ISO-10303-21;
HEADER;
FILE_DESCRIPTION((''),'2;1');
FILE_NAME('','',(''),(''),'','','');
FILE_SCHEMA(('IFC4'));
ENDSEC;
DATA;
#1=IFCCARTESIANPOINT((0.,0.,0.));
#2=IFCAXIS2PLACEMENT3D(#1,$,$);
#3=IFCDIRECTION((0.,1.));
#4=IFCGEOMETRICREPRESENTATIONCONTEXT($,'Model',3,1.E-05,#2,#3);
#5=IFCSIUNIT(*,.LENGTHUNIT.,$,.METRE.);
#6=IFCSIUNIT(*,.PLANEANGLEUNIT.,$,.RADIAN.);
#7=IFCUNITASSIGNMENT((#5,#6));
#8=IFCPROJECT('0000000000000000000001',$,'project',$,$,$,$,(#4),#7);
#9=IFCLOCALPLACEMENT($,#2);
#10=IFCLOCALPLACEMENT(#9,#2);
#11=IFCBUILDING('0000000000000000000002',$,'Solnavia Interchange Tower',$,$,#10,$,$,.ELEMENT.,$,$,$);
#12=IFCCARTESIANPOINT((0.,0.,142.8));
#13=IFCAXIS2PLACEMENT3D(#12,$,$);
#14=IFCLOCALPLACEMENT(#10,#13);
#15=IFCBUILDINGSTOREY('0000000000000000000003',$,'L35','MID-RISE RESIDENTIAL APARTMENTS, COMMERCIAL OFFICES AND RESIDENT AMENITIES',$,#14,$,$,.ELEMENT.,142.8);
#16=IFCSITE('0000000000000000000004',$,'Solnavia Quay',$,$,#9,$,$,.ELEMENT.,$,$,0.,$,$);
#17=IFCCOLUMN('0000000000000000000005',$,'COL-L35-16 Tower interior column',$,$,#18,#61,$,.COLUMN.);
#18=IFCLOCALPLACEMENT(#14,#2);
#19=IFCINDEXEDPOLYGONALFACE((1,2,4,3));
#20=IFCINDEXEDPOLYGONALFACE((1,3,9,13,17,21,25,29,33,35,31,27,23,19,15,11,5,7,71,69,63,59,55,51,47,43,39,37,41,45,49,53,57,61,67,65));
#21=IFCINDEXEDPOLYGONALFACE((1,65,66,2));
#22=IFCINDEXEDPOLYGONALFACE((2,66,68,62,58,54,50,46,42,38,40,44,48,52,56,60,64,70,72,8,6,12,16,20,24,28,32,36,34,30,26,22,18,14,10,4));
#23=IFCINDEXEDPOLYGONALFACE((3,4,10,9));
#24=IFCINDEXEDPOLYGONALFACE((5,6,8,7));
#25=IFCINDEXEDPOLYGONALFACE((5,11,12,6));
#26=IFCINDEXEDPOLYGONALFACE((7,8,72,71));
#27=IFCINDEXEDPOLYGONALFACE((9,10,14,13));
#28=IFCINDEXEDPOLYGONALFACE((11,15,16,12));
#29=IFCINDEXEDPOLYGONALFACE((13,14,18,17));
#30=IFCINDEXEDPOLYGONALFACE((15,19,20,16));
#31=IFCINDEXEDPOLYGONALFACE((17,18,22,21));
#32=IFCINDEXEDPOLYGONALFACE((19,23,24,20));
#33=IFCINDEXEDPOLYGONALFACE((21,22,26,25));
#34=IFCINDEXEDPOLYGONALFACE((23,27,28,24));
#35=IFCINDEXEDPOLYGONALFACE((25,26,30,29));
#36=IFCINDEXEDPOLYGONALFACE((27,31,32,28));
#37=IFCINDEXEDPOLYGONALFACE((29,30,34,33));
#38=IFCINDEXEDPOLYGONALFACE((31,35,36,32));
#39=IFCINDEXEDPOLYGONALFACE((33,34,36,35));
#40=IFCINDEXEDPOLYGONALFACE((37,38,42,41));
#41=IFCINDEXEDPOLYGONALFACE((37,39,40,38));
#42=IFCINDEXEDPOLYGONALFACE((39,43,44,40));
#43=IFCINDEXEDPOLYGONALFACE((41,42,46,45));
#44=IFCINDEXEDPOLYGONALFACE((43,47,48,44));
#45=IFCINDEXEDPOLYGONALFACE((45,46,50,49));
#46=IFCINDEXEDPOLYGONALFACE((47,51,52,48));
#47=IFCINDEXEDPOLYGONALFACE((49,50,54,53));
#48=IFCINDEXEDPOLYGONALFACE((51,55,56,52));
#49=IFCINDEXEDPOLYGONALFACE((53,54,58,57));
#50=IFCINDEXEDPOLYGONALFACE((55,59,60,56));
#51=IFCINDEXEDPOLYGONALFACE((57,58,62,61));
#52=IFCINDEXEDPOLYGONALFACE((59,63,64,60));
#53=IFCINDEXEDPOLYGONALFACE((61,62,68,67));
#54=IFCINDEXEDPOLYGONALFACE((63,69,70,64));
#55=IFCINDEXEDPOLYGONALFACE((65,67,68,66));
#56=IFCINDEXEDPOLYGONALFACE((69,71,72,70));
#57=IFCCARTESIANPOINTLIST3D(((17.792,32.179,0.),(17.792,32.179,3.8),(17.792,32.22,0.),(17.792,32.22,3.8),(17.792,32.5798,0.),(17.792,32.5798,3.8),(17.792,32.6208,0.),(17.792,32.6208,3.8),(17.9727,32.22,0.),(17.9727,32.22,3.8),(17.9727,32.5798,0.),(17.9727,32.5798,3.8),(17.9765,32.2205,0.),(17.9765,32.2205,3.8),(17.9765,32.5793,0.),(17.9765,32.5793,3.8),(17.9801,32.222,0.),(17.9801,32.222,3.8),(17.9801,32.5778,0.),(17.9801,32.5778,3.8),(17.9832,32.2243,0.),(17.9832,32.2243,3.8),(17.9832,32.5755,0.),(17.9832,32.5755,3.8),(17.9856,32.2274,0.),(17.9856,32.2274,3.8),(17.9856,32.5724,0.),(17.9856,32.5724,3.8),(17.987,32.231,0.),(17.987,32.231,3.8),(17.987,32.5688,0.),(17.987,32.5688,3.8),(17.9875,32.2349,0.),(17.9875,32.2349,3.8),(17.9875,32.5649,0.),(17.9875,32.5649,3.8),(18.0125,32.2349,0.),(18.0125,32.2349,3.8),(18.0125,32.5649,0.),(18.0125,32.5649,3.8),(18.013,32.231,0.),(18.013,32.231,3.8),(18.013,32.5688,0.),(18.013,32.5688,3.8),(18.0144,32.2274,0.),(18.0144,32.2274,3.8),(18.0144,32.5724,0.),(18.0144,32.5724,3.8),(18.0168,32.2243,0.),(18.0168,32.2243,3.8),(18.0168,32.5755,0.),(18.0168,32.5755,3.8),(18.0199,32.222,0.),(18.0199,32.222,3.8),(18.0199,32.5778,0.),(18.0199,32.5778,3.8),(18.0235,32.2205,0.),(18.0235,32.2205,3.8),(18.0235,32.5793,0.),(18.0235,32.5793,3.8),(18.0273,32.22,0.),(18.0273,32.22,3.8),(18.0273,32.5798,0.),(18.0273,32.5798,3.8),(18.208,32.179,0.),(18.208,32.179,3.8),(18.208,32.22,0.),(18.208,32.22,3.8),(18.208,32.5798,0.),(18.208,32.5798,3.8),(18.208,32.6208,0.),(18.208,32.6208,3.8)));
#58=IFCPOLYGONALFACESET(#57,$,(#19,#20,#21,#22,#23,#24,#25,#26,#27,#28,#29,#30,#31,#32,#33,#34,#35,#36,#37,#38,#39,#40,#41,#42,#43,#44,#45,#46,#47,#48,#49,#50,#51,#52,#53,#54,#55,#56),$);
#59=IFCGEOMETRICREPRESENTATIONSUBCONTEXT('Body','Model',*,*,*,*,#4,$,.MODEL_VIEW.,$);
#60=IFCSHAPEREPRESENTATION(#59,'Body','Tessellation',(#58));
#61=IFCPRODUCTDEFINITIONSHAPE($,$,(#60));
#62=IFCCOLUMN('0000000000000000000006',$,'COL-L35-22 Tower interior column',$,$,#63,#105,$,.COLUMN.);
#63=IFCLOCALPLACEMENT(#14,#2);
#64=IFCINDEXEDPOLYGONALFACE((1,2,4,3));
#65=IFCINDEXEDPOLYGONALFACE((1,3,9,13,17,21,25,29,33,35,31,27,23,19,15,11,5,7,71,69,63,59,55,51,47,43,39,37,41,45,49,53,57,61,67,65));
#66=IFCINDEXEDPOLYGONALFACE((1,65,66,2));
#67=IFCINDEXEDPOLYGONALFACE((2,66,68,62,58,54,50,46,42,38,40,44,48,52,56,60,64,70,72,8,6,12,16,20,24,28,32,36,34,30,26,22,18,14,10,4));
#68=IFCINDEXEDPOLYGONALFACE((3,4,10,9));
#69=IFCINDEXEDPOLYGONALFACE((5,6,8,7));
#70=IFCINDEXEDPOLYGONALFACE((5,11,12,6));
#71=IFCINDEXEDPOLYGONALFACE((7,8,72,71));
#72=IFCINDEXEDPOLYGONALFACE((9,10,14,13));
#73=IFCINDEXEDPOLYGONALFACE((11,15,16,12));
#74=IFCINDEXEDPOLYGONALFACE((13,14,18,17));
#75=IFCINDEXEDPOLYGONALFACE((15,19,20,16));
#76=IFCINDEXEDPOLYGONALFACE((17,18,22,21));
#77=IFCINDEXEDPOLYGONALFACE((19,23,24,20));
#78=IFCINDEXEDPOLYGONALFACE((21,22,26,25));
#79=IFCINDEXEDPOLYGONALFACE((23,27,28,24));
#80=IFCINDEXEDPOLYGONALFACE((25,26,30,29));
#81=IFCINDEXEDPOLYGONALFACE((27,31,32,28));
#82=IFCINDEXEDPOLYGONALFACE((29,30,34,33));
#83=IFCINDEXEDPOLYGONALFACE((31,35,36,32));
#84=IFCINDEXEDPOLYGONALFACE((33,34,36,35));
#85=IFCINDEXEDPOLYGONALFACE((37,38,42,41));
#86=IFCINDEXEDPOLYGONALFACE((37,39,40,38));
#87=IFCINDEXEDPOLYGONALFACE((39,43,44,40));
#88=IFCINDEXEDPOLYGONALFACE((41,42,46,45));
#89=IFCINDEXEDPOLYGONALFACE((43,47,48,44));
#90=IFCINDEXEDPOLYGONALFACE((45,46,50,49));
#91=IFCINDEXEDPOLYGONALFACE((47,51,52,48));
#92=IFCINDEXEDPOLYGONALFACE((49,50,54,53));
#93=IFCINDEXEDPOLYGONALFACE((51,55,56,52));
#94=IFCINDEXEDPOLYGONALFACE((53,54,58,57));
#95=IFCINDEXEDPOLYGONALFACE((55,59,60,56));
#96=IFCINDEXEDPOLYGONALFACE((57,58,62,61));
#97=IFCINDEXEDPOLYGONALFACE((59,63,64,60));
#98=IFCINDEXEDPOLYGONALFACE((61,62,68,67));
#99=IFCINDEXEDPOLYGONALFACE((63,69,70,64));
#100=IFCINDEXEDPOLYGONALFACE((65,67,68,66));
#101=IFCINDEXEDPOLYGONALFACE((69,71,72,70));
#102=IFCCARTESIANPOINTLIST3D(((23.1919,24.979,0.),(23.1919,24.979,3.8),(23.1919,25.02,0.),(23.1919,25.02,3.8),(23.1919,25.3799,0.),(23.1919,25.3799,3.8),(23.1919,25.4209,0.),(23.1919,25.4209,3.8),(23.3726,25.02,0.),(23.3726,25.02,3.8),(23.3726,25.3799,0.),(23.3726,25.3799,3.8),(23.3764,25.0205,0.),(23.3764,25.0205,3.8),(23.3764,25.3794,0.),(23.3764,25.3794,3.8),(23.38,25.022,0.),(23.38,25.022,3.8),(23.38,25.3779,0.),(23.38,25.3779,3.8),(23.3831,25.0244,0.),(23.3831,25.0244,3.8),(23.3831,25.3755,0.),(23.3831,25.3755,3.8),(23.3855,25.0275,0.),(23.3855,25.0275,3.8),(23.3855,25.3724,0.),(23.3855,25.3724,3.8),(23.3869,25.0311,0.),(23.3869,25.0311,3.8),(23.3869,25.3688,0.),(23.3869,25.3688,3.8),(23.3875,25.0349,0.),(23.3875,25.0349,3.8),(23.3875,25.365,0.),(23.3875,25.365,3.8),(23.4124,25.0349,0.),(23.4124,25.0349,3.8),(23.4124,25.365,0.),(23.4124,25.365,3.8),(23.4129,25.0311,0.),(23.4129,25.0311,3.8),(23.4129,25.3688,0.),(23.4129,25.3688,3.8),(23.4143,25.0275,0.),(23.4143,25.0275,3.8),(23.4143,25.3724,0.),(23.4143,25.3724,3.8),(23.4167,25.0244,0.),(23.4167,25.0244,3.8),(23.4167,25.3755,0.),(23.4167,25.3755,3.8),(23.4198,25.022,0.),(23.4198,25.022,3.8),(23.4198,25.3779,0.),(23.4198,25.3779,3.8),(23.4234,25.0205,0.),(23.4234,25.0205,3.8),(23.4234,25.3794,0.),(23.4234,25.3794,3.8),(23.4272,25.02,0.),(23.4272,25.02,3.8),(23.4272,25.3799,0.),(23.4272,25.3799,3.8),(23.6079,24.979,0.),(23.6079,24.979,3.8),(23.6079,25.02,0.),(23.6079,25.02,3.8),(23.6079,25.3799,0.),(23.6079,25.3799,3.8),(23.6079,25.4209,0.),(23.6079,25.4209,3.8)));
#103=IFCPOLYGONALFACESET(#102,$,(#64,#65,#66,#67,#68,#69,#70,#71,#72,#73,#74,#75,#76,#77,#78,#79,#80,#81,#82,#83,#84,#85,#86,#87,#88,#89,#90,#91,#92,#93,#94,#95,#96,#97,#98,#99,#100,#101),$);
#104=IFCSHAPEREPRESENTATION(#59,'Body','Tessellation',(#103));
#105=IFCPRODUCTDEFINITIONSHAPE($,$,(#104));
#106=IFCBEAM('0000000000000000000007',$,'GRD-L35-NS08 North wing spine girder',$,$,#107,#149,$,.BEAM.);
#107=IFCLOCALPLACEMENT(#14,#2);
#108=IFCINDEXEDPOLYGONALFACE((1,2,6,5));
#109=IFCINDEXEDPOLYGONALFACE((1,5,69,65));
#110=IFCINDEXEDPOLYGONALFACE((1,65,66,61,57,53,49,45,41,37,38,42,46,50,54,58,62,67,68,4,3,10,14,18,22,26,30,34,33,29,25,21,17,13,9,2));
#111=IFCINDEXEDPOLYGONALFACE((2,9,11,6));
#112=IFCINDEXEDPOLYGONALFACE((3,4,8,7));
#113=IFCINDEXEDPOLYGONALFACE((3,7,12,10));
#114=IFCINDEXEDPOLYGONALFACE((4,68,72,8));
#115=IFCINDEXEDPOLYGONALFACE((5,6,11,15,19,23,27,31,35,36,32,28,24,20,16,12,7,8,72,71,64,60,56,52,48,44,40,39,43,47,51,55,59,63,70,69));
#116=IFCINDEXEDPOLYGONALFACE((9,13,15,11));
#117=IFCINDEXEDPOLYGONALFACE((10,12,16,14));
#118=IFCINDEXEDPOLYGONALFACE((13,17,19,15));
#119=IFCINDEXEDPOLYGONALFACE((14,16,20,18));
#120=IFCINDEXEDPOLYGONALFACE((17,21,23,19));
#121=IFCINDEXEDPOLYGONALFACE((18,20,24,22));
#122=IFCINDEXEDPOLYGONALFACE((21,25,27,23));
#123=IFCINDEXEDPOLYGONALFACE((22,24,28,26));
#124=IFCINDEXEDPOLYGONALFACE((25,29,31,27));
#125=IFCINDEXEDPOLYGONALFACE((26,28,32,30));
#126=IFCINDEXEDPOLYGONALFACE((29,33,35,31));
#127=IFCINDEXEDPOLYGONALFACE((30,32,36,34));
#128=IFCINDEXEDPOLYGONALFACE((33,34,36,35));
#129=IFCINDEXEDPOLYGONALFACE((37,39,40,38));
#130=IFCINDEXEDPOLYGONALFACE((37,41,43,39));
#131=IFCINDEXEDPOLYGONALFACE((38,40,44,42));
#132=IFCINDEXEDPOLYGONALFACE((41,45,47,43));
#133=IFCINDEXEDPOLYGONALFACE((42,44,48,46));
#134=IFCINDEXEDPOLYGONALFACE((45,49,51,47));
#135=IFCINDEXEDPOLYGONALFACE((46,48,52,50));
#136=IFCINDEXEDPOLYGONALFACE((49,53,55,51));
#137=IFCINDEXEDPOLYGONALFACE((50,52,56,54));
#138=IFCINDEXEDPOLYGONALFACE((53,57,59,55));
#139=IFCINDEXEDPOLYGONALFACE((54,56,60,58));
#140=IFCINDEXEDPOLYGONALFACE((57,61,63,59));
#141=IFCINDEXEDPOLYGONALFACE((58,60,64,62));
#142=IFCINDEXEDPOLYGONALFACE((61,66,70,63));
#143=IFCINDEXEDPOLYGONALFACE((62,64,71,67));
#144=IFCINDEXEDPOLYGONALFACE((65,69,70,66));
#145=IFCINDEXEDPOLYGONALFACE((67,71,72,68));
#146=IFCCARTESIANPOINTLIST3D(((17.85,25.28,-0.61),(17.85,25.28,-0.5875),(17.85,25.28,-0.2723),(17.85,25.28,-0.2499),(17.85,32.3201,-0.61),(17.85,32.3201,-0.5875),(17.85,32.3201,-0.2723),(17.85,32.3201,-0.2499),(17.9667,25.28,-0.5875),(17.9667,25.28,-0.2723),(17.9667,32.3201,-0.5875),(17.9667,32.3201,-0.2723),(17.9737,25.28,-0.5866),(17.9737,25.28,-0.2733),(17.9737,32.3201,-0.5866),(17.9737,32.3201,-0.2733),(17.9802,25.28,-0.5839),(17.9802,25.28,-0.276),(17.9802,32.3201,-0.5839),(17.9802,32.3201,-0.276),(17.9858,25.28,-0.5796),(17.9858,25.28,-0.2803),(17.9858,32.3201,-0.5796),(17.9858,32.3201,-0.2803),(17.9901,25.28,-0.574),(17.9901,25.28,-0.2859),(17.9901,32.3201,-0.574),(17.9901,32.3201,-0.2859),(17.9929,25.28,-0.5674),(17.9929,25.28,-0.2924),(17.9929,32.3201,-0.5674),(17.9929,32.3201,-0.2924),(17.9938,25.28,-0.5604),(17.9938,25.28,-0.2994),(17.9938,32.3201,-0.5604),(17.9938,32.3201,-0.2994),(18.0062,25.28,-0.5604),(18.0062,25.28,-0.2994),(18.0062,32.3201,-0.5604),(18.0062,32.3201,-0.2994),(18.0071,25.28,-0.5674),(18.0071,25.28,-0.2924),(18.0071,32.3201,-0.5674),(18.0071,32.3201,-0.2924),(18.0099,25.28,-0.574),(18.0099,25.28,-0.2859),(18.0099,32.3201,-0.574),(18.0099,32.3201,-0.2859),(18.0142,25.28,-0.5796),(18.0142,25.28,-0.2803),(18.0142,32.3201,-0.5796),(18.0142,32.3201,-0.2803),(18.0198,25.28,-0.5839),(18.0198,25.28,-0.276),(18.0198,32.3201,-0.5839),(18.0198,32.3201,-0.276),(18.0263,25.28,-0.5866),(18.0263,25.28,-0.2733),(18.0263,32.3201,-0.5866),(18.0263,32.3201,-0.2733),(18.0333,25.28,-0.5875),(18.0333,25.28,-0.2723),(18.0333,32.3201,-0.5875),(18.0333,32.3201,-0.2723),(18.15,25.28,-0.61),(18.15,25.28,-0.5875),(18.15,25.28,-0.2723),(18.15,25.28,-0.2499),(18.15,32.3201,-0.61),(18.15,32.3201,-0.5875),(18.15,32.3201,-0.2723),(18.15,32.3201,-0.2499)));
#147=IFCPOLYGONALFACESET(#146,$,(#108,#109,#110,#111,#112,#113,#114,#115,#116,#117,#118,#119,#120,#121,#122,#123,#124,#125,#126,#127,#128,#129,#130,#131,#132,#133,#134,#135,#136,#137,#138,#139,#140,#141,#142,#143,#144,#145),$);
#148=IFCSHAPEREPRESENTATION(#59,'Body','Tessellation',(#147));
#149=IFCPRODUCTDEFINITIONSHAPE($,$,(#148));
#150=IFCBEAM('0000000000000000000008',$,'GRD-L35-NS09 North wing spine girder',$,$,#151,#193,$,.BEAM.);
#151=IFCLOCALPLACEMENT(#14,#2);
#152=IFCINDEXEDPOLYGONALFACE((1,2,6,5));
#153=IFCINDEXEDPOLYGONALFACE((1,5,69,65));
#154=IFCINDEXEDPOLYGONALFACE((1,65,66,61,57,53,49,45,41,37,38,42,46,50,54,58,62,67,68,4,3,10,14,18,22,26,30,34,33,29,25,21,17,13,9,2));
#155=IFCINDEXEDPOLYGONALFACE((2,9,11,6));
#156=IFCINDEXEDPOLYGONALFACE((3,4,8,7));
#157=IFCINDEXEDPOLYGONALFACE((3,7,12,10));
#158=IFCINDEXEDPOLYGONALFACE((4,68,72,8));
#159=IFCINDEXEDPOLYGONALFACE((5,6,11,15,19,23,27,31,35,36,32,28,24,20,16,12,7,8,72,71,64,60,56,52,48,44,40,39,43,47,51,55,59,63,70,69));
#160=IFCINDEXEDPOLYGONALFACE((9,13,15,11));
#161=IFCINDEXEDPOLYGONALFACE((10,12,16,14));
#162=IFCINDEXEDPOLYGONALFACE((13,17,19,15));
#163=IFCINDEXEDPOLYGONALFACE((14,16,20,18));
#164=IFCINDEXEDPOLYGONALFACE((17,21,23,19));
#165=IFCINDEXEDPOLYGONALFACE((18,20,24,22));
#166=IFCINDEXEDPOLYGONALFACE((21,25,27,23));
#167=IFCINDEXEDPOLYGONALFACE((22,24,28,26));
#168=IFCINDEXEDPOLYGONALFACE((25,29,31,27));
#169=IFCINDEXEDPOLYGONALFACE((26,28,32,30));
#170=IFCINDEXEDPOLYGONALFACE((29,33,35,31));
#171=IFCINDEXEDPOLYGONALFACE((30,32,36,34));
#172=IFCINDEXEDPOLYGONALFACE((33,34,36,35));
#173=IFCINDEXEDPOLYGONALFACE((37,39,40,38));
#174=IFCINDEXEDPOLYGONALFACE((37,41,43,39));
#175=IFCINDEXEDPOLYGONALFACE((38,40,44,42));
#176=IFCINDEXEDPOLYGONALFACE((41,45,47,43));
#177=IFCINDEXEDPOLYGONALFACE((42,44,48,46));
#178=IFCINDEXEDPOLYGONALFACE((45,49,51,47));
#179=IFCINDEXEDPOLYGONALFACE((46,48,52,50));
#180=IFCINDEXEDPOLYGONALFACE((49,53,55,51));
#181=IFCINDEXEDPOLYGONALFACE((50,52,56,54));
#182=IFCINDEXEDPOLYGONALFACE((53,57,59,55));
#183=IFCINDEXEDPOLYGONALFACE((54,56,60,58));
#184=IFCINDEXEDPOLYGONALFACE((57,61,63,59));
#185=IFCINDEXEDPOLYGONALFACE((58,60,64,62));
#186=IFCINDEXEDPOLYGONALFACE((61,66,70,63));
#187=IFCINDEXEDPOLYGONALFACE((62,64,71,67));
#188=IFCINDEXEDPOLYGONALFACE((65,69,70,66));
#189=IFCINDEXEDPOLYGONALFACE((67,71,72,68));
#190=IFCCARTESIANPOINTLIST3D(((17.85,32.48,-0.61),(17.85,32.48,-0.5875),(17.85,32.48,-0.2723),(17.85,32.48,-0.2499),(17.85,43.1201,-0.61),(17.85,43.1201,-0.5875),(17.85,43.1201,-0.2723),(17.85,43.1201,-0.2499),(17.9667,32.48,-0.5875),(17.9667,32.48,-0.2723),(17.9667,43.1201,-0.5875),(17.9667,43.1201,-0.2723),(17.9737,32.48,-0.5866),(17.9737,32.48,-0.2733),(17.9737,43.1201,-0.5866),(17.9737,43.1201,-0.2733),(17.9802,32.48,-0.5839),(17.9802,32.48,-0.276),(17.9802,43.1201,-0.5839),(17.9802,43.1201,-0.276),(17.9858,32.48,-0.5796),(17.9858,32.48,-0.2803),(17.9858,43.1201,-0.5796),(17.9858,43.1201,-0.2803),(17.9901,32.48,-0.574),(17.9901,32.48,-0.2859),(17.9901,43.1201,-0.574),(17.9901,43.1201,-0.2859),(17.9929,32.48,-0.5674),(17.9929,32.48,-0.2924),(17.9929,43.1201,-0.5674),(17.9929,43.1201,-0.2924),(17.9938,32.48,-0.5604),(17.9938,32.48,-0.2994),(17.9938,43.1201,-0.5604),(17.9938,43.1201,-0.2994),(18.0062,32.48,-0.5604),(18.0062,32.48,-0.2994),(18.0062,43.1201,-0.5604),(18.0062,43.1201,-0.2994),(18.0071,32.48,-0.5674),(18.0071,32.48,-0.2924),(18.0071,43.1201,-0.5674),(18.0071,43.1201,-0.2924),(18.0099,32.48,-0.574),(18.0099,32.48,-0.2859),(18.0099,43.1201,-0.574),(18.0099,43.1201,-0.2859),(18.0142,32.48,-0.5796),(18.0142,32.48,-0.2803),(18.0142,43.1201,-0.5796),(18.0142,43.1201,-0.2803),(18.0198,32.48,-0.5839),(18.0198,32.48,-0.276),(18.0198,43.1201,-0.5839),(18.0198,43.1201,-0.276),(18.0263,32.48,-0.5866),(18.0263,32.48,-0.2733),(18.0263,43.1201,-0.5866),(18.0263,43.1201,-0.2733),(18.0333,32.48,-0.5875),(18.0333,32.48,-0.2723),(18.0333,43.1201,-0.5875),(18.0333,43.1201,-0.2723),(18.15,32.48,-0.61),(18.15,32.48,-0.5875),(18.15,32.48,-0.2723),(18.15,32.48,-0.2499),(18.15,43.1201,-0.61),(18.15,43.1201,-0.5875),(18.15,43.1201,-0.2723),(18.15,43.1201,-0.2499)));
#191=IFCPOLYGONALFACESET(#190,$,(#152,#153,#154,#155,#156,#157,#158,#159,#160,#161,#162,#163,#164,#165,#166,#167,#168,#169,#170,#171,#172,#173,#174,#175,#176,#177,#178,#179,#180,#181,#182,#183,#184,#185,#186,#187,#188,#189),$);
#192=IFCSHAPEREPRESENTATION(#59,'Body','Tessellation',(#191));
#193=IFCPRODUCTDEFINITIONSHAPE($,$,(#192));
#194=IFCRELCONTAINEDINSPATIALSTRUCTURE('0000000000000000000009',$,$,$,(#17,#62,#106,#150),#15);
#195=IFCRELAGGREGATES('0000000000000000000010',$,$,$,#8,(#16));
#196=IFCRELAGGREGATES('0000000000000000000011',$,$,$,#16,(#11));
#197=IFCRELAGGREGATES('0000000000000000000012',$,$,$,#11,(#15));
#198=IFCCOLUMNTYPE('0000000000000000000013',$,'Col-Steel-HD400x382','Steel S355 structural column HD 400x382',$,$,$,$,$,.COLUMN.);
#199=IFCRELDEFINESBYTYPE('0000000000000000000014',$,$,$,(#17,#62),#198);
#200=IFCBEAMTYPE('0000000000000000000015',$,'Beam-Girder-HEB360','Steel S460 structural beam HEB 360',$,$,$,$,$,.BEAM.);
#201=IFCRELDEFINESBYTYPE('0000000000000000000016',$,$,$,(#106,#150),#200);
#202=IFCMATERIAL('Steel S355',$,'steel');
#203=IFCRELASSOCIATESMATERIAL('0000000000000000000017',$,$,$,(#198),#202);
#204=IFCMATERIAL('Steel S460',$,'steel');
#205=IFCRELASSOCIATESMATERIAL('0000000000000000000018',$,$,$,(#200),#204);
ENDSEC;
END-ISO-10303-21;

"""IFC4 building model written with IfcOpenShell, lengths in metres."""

from ifc_helpers import new_model, si_unit, direction, frame, origin, origin_2d, place, context, subcontext, project, spatial, i_section, extrude, material, material_profile, profile_set, type_object, element, save


model = new_model("IFC4")

# Units and contexts
model_context = context("Model", 3, precision=1e-05, world=origin(), true_north=direction((0.0, 1.0)))
body_context = subcontext(model_context, "Body", "Model", "MODEL_VIEW")
ifc_project = project(units=[si_unit("LENGTHUNIT", "METRE"), si_unit("PLANEANGLEUNIT", "RADIAN")], contexts=[model_context])

# Site, building, storey
site_placement = place(None, origin())
site = spatial("IfcSite", under=ifc_project, at=site_placement, Name="Solnavia Quay", CompositionType="ELEMENT", RefElevation=0.0)
building_placement = place(site_placement, origin())
building = spatial("IfcBuilding", under=site, at=building_placement, Name="Solnavia Interchange Tower", CompositionType="ELEMENT")
storey_placement = place(building_placement, frame((0.0, 0.0, 142.8)))
storey = spatial("IfcBuildingStorey", under=building, at=storey_placement, Name="L35", Description="MID-RISE RESIDENTIAL APARTMENTS, COMMERCIAL OFFICES AND RESIDENT AMENITIES", CompositionType="ELEMENT", Elevation=142.8)

# Columns
ifc_material_1 = material(Name="Steel S355", Category="steel")
ifc_material_profile_1 = material_profile(ifc_material_1, i_section(OverallWidth=0.416, OverallDepth=0.4419, WebThickness=0.0249, FlangeThickness=0.041, FilletRadius=0.0149, at=origin_2d()), Name="HD 400x382")
ifc_profile_set_1 = profile_set([ifc_material_profile_1], Name="Steel S355")
column_type = type_object("IfcColumnType", Name="Col-Steel-HD400x382", Description="Steel S355 structural column HD 400x382", PredefinedType="COLUMN", material=ifc_profile_set_1)
for number, where, z_axis, x_axis, name in (
    (1, (18.0, 32.3999, 0.0), (0.0, 0.0, 1.0), (1.0, 0.0, 0.0), "COL-L35-16 Tower interior column"),
    (2, (23.3999, 25.2, 0.0), (0.0, 0.0, 1.0), (1.0, 0.0, 0.0), "COL-L35-22 Tower interior column"),
):
    element("IfcColumn", number, at=place(storey_placement, frame(where, z_axis=z_axis, x_axis=x_axis)), inside=storey, type_object=column_type, Name=name, PredefinedType="COLUMN", context=body_context, shape_type="SweptSolid", body=[
        extrude(i_section(OverallWidth=0.416, OverallDepth=0.4419, WebThickness=0.0249, FlangeThickness=0.041, FilletRadius=0.0149, at=origin_2d()), origin(), (0.0, 0.0, 1.0), 3.8),
    ])

# Beams
ifc_material_2 = material(Name="Steel S460", Category="steel")
ifc_material_profile_2 = material_profile(ifc_material_2, i_section(OverallWidth=0.3, OverallDepth=0.3601, WebThickness=0.0125, FlangeThickness=0.0225, FilletRadius=0.0271, at=origin_2d()), Name="HEB 360")
ifc_profile_set_2 = profile_set([ifc_material_profile_2], Name="Steel S460")
beam_type_1 = type_object("IfcBeamType", Name="Beam-Girder-HEB360", Description="Steel S460 structural beam HEB 360", PredefinedType="BEAM", material=ifc_profile_set_2)
beam_1_placement = place(storey_placement, frame((18.0, 25.28, -0.4299), z_axis=(0.0, 1.0, 0.0), x_axis=(-1.0, 0.0, 0.0)))
element("IfcBeam", 3, at=beam_1_placement, inside=storey, type_object=beam_type_1, Name="GRD-L35-NS08 North wing spine girder", PredefinedType="BEAM", context=body_context, shape_type="SweptSolid", body=[
    extrude(i_section(OverallWidth=0.3, OverallDepth=0.3601, WebThickness=0.0125, FlangeThickness=0.0225, FilletRadius=0.0271, at=origin_2d()), origin(), (0.0, 0.0, 1.0), 7.04),
])
beam_2_placement = place(storey_placement, frame((18.0, 32.48, -0.4299), z_axis=(0.0, 1.0, 0.0), x_axis=(-1.0, 0.0, 0.0)))
element("IfcBeam", 4, at=beam_2_placement, inside=storey, type_object=beam_type_1, Name="GRD-L35-NS09 North wing spine girder", PredefinedType="BEAM", context=body_context, shape_type="SweptSolid", body=[
    extrude(i_section(OverallWidth=0.3, OverallDepth=0.3601, WebThickness=0.0125, FlangeThickness=0.0225, FilletRadius=0.0271, at=origin_2d()), origin(), (0.0, 0.0, 1.0), 10.6401),
])

save(model, "model.ifc")
